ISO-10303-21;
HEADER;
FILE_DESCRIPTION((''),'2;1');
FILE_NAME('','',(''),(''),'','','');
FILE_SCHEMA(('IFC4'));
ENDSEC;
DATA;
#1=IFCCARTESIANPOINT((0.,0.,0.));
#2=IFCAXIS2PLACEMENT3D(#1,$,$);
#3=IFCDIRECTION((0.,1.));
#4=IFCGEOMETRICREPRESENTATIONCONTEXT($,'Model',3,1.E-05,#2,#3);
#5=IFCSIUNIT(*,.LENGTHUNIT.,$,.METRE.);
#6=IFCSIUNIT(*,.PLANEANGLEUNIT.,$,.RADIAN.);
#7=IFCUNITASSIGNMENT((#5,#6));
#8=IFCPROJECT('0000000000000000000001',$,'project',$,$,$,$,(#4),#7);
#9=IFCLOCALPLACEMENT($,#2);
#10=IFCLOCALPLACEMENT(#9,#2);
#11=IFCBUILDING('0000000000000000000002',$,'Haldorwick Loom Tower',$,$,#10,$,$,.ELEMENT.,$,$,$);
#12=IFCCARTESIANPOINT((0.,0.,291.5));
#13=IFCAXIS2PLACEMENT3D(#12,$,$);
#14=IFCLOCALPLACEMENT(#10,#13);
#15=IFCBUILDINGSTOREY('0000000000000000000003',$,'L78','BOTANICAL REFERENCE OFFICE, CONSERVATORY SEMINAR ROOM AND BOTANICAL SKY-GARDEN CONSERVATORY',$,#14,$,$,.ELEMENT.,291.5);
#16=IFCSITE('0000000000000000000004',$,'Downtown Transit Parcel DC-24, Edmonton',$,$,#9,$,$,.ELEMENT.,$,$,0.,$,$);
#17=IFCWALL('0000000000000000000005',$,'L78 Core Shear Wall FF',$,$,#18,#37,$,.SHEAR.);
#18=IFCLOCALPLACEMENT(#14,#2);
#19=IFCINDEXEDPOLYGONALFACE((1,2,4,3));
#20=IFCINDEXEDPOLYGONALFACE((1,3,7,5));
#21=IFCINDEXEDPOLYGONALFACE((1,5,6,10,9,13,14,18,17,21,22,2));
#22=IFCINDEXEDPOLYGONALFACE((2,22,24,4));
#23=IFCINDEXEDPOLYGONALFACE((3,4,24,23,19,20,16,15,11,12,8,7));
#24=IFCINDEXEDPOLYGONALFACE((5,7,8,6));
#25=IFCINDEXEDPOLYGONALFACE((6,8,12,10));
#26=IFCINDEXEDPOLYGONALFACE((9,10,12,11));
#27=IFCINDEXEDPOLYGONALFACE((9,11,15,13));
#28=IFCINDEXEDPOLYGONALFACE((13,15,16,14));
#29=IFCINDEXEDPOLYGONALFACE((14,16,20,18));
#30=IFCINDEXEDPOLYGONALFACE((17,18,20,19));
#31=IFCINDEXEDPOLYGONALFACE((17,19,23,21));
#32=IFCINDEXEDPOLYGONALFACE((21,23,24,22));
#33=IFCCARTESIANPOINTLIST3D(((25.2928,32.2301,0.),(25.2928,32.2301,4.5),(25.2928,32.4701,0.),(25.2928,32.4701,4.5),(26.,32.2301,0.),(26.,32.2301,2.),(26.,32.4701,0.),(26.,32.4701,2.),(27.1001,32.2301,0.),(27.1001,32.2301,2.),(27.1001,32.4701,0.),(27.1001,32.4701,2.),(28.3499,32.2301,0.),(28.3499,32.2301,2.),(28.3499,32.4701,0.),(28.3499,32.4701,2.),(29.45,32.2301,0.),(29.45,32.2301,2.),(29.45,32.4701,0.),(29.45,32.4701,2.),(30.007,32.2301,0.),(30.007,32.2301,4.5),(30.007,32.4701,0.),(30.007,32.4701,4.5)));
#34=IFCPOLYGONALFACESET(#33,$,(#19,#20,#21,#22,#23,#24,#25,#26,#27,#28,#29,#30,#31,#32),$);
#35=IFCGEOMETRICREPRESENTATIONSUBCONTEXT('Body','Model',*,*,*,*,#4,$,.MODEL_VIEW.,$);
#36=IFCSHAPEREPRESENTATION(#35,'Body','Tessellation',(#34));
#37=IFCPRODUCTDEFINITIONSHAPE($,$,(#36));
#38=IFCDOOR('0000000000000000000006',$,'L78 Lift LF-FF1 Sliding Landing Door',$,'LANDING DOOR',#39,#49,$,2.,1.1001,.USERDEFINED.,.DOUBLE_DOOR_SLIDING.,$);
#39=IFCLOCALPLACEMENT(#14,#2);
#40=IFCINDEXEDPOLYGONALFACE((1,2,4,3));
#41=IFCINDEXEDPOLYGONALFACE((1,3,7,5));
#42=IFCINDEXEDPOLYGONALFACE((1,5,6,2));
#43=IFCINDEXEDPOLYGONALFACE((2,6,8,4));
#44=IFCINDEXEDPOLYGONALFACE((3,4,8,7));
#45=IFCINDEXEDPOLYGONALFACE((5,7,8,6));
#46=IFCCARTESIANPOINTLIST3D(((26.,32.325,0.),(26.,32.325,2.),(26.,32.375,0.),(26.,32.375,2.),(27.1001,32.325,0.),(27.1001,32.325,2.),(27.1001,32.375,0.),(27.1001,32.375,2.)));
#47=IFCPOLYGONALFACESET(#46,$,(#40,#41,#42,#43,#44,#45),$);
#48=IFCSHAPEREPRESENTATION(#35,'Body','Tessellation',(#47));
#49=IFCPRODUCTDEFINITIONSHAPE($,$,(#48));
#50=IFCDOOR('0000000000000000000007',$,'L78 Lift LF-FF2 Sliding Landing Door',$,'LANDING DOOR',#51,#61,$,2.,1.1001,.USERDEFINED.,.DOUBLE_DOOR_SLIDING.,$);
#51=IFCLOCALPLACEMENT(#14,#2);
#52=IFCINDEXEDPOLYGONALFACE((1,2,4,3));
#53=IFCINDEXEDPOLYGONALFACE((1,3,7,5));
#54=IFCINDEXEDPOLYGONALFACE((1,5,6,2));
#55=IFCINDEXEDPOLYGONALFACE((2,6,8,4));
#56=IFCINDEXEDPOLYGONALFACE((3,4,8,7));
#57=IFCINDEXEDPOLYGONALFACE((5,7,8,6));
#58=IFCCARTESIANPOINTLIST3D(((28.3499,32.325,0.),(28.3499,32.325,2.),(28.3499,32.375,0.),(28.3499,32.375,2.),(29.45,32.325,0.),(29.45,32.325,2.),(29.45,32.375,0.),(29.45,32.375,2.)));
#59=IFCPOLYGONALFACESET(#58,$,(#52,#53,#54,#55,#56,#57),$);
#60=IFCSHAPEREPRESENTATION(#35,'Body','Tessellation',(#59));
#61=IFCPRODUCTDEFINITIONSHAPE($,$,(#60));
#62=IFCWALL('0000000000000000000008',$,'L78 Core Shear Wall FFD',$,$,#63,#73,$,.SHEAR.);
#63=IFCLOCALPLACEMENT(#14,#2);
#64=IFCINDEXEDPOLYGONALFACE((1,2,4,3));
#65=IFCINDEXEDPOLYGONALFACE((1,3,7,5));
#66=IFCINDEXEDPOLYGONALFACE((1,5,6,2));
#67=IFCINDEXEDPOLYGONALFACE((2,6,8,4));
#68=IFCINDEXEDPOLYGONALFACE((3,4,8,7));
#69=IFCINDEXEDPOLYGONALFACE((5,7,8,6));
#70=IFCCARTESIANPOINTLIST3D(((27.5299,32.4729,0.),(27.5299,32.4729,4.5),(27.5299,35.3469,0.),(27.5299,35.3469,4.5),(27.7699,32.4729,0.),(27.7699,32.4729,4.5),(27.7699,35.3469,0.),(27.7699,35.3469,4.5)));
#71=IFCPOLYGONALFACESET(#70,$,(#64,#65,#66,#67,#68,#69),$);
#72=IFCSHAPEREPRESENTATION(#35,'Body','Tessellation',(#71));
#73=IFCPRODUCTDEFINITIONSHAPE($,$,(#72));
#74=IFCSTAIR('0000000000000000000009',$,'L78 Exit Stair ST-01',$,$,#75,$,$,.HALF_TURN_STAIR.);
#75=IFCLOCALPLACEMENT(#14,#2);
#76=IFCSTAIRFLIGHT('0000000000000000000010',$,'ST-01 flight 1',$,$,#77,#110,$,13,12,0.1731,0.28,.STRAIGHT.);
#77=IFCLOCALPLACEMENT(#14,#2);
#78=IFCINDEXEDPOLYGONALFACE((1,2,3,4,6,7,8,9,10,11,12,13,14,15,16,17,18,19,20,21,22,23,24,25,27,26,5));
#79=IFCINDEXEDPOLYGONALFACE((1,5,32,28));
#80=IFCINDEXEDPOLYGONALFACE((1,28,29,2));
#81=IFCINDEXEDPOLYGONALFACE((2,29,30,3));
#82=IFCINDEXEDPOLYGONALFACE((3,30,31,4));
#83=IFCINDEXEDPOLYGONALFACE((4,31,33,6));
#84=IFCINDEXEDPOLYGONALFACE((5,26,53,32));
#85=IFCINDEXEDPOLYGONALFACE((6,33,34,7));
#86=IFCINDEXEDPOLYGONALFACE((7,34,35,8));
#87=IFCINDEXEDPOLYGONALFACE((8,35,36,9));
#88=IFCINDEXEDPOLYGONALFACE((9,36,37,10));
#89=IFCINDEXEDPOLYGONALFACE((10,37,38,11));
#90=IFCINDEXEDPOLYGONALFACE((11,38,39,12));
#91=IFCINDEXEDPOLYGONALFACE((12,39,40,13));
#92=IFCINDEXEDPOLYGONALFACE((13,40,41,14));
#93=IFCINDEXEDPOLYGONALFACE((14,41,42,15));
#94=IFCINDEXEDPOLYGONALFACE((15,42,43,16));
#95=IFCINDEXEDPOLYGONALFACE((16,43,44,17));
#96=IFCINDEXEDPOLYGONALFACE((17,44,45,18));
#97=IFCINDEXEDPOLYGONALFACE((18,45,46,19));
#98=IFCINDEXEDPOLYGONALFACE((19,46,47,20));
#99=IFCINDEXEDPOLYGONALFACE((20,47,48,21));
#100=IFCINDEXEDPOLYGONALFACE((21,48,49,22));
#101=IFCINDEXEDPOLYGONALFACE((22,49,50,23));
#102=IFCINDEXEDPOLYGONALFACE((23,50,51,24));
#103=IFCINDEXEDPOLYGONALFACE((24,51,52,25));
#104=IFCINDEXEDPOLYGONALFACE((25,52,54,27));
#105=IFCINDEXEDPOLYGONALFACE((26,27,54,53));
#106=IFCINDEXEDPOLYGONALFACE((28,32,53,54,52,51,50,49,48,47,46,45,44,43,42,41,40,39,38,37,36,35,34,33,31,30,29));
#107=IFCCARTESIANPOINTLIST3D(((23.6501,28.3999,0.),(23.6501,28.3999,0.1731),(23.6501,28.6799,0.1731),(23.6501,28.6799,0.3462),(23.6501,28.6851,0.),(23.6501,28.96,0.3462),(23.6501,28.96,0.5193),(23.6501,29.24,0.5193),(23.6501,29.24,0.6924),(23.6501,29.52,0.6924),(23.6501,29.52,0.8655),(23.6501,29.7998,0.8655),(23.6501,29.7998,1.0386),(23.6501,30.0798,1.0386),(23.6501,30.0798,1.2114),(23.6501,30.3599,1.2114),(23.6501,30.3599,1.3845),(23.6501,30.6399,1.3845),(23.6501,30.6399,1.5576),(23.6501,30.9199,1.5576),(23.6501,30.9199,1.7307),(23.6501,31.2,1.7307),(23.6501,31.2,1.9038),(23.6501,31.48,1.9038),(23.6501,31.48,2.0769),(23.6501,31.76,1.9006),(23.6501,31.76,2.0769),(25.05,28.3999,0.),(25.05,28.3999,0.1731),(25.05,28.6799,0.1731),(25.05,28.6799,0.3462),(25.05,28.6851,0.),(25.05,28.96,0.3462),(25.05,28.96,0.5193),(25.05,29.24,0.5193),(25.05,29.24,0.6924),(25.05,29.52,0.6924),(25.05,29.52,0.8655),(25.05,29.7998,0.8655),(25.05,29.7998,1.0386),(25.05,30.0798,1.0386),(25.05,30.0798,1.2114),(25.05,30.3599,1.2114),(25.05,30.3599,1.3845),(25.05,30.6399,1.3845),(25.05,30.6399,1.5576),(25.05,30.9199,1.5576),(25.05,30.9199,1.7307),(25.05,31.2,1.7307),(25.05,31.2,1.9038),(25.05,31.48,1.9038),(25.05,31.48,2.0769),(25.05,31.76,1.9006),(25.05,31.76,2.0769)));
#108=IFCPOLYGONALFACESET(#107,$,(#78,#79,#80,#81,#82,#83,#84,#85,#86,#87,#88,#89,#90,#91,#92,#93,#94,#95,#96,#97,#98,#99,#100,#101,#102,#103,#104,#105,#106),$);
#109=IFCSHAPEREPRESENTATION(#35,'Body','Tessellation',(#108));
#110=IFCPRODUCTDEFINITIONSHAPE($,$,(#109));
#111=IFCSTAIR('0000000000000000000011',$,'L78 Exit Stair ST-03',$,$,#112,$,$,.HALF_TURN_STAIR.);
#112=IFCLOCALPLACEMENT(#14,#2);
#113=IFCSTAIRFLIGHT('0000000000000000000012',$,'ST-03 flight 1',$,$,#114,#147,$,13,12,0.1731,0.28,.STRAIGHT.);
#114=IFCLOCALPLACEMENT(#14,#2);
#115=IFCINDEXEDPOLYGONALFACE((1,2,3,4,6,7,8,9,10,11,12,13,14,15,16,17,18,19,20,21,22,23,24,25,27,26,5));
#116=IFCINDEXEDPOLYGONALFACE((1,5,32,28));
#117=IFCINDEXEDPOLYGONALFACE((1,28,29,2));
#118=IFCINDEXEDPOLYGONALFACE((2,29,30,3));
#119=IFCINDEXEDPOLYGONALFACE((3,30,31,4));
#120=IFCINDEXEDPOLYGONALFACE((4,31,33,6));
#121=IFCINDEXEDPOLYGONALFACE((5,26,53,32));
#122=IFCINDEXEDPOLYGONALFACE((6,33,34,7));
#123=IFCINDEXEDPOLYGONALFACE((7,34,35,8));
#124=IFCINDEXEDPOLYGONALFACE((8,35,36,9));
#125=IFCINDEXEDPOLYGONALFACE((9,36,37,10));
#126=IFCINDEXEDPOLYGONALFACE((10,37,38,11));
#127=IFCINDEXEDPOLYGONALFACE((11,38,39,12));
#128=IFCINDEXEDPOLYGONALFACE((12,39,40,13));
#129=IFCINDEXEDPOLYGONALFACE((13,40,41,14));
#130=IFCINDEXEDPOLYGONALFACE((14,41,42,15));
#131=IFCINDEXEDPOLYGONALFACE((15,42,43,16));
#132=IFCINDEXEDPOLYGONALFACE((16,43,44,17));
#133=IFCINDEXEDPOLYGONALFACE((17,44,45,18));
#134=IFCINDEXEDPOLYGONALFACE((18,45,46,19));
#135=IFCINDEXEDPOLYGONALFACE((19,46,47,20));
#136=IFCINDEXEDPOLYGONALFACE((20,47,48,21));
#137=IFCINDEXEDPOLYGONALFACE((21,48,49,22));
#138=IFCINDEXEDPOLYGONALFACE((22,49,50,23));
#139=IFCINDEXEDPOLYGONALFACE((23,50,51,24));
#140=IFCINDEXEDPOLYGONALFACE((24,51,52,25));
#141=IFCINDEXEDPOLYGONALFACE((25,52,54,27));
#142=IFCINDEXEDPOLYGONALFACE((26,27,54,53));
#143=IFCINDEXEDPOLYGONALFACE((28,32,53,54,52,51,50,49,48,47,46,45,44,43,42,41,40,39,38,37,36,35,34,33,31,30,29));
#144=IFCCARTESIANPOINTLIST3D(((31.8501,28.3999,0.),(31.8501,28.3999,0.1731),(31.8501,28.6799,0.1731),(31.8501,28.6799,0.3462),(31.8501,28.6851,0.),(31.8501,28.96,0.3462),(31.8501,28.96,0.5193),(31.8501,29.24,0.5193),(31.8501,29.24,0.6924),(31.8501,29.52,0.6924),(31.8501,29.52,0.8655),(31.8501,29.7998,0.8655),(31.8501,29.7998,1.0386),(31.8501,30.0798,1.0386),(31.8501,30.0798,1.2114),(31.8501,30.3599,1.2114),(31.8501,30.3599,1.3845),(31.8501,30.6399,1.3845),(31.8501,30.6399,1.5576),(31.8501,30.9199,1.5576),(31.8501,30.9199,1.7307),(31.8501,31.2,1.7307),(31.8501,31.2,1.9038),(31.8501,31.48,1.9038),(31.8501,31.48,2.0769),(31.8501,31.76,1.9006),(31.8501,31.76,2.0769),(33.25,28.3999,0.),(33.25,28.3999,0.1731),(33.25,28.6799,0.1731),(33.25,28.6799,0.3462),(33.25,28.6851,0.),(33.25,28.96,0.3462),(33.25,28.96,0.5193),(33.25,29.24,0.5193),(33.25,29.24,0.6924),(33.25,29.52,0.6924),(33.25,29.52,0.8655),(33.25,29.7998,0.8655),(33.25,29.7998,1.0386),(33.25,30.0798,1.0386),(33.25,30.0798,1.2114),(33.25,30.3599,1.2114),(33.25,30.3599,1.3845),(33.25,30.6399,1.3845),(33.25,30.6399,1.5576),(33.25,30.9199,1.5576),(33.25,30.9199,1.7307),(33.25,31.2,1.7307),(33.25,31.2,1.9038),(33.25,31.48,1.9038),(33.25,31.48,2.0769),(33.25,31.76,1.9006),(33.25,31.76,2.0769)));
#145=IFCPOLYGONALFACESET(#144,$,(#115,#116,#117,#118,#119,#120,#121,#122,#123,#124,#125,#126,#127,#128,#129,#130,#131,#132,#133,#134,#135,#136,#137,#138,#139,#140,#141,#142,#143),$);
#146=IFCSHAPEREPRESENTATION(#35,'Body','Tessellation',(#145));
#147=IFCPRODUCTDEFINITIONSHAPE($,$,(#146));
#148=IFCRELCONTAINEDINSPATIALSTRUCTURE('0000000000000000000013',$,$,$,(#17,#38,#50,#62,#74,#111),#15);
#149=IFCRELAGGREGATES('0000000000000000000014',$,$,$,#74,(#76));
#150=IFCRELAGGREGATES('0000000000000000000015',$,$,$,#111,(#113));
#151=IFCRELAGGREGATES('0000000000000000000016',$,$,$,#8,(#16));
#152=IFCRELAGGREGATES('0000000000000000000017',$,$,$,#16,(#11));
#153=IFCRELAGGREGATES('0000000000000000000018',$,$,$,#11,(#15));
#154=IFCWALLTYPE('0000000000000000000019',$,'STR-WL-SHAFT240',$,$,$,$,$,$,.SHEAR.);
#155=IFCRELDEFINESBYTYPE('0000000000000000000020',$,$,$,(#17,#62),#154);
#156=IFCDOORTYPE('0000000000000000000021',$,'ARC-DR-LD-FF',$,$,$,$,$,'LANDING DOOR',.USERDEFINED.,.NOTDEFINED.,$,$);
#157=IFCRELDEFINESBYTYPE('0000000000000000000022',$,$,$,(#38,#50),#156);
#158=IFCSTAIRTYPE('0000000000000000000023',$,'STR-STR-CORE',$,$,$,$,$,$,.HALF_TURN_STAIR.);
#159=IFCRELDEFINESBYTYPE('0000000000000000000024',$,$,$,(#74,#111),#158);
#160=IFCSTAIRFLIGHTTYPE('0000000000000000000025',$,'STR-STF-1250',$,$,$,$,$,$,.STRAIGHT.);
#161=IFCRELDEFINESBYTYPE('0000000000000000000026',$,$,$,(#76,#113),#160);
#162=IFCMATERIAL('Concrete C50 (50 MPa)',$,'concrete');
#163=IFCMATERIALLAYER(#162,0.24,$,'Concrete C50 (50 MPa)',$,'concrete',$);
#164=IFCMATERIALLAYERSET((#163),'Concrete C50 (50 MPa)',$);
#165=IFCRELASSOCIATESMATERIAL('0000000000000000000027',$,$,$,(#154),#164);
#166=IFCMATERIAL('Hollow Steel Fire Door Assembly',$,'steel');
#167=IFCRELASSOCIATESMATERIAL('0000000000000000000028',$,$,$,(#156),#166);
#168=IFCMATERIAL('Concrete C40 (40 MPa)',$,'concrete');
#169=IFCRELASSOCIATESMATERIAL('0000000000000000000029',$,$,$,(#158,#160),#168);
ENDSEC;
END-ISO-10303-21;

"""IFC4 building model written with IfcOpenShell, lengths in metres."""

from ifc_helpers import new_model, si_unit, direction, frame, frame_2d, origin, place, context, subcontext, project, spatial, polyline, rectangle, outline, extrude, material, layer, layer_set, type_object, element, fill, aggregate, save


model = new_model("IFC4")

# Units and contexts
model_context = context("Model", 3, precision=1e-05, world=origin(), true_north=direction((0.0, 1.0)))
body_context = subcontext(model_context, "Body", "Model", "MODEL_VIEW")
ifc_project = project(units=[si_unit("LENGTHUNIT", "METRE"), si_unit("PLANEANGLEUNIT", "RADIAN")], contexts=[model_context])

# Site, building, storey
site_placement = place(None, origin())
site = spatial("IfcSite", under=ifc_project, at=site_placement, Name="Downtown Transit Parcel DC-24, Edmonton", CompositionType="ELEMENT", RefElevation=0.0)
building_placement = place(site_placement, origin())
building = spatial("IfcBuilding", under=site, at=building_placement, Name="Haldorwick Loom Tower", CompositionType="ELEMENT")
storey_placement = place(building_placement, frame((0.0, 0.0, 291.5)))
storey = spatial("IfcBuildingStorey", under=building, at=storey_placement, Name="L78", Description="BOTANICAL REFERENCE OFFICE, CONSERVATORY SEMINAR ROOM AND BOTANICAL SKY-GARDEN CONSERVATORY", CompositionType="ELEMENT", Elevation=291.5)

# Shared definitions
ifc_material_1 = material(Name="Concrete C50 (50 MPa)", Category="concrete")

# Shared definitions
ifc_layer = layer(ifc_material_1, 0.24, Name="Concrete C50 (50 MPa)", Category="concrete")
ifc_layer_set = layer_set([ifc_layer], Name="Concrete C50 (50 MPa)")
wall_type = type_object("IfcWallType", Name="STR-WL-SHAFT240", PredefinedType="SHEAR", material=ifc_layer_set)

# Wall, openings, doors
wall_1_placement = place(storey_placement, frame((25.293, 32.3501, 0.0), z_axis=(0.0, 0.0, 1.0), x_axis=(1.0, 0.0, 0.0)))
wall_1 = element("IfcWall", 1, at=wall_1_placement, inside=storey, type_object=wall_type, Name="L78 Core Shear Wall FF", PredefinedType="SHEAR", context=body_context, shape_type="SweptSolid", body=[
    extrude(rectangle(XDim=4.7141, YDim=0.24, at=frame_2d((2.3569, 0.0))), origin(), (0.0, 0.0, 1.0), 4.5),
])
opening_1_placement = place(wall_1_placement, frame((0.707, 0.0, 0.0)))
opening_1 = element("IfcOpeningElement", 2, at=opening_1_placement, cuts=wall_1, PredefinedType="OPENING", context=body_context, shape_type="SweptSolid", body=[
    extrude(rectangle(XDim=1.1001, YDim=2.0, at=frame_2d((0.55, 1.0))), frame((0.0, 0.1299, 0.0), z_axis=(0.0, -1.0, 0.0), x_axis=(1.0, 0.0, 0.0)), (0.0, 0.0, 1.0), 0.26),
])
opening_2_placement = place(wall_1_placement, frame((3.0569, 0.0, 0.0)))
opening_2 = element("IfcOpeningElement", 3, at=opening_2_placement, cuts=wall_1, PredefinedType="OPENING", context=body_context, shape_type="SweptSolid", body=[
    extrude(rectangle(XDim=1.1001, YDim=2.0, at=frame_2d((0.55, 1.0))), frame((0.0, 0.1299, 0.0), z_axis=(0.0, -1.0, 0.0), x_axis=(1.0, 0.0, 0.0)), (0.0, 0.0, 1.0), 0.26),
])
ifc_material_2 = material(Name="Hollow Steel Fire Door Assembly", Category="steel")
door_type = type_object("IfcDoorType", Name="ARC-DR-LD-FF", ElementType="LANDING DOOR", OperationType="NOTDEFINED", PredefinedType="USERDEFINED", material=ifc_material_2)
door_1_placement = place(opening_1_placement, origin())
door_1 = element("IfcDoor", 4, at=door_1_placement, inside=storey, type_object=door_type, Name="L78 Lift LF-FF1 Sliding Landing Door", ObjectType="LANDING DOOR", OperationType="DOUBLE_DOOR_SLIDING", OverallHeight=2.0, OverallWidth=1.1001, PredefinedType="USERDEFINED", context=body_context, shape_type="SweptSolid", body=[
    extrude(rectangle(XDim=1.1001, YDim=2.0, at=frame_2d((0.55, 1.0))), frame((0.0, 0.0249, 0.0), z_axis=(0.0, -1.0, 0.0), x_axis=(1.0, 0.0, 0.0)), (0.0, 0.0, 1.0), 0.05),
])
fill(opening_1, door_1)
door_2_placement = place(opening_2_placement, origin())
door_2 = element("IfcDoor", 5, at=door_2_placement, inside=storey, type_object=door_type, Name="L78 Lift LF-FF2 Sliding Landing Door", ObjectType="LANDING DOOR", OperationType="DOUBLE_DOOR_SLIDING", OverallHeight=2.0, OverallWidth=1.1001, PredefinedType="USERDEFINED", context=body_context, shape_type="SweptSolid", body=[
    extrude(rectangle(XDim=1.1001, YDim=2.0, at=frame_2d((0.55, 1.0))), frame((0.0, 0.0249, 0.0), z_axis=(0.0, -1.0, 0.0), x_axis=(1.0, 0.0, 0.0)), (0.0, 0.0, 1.0), 0.05),
])
fill(opening_2, door_2)

# Wall
wall_2_placement = place(storey_placement, frame((27.6499, 32.4729, 0.0), z_axis=(0.0, 0.0, 1.0), x_axis=(0.0, 1.0, 0.0)))
element("IfcWall", 6, at=wall_2_placement, inside=storey, type_object=wall_type, Name="L78 Core Shear Wall FFD", PredefinedType="SHEAR", context=body_context, shape_type="SweptSolid", body=[
    extrude(rectangle(XDim=2.874, YDim=0.24, at=frame_2d((1.437, 0.0))), origin(), (0.0, 0.0, 1.0), 4.5),
])

# Stair, stair flight
ifc_material_3 = material(Name="Concrete C40 (40 MPa)", Category="concrete")
stair_type = type_object("IfcStairType", Name="STR-STR-CORE", PredefinedType="HALF_TURN_STAIR", material=ifc_material_3)
stair_1_placement = place(storey_placement, origin())
stair_1 = element("IfcStair", 7, at=stair_1_placement, inside=storey, type_object=stair_type, Name="L78 Exit Stair ST-01", PredefinedType="HALF_TURN_STAIR")
stair_flight_type = type_object("IfcStairFlightType", Name="STR-STF-1250", PredefinedType="STRAIGHT", material=ifc_material_3)
stair_flight_1_placement = place(storey_placement, frame((24.3501, 28.3999, 0.0), z_axis=(0.0, 0.0, 1.0), x_axis=(0.0, 1.0, 0.0)))
stair_flight_1 = element("IfcStairFlight", 8, at=stair_flight_1_placement, type_object=stair_flight_type, Name="ST-01 flight 1", NumberOfRisers=13, NumberOfTreads=12, PredefinedType="STRAIGHT", RiserHeight=0.1731, TreadLength=0.28, context=body_context, shape_type="SweptSolid", body=[
    extrude(outline(polyline([(0.0, 0.0), (0.0, 0.1731), (0.28, 0.1731), (0.28, 0.3462), (0.5601, 0.3462), (0.5601, 0.5193), (0.8401, 0.5193), (0.8401, 0.6924), (1.1201, 0.6924), (1.1201, 0.8655), (1.3999, 0.8655), (1.3999, 1.0386), (1.6799, 1.0386), (1.6799, 1.2114), (1.96, 1.2114), (1.96, 1.3845), (2.24, 1.3845), (2.24, 1.5576), (2.52, 1.5576), (2.52, 1.7307), (2.8, 1.7307), (2.8, 1.9038), (3.0801, 1.9038), (3.0801, 2.0769), (3.3601, 2.0769), (3.3601, 2.25), (3.3601, 1.9006), (0.2852, 0.0), (0.0, 0.0)])), frame((0.0, 0.7, 0.0), z_axis=(0.0, -1.0, 0.0), x_axis=(1.0, 0.0, 0.0)), (0.0, 0.0, 1.0), 1.3999),
])
aggregate(stair_1, [stair_flight_1])

# Stair, stair flight
stair_2_placement = place(storey_placement, origin())
stair_2 = element("IfcStair", 9, at=stair_2_placement, inside=storey, type_object=stair_type, Name="L78 Exit Stair ST-03", PredefinedType="HALF_TURN_STAIR")
stair_flight_2_placement = place(storey_placement, frame((32.55, 28.3999, 0.0), z_axis=(0.0, 0.0, 1.0), x_axis=(0.0, 1.0, 0.0)))
stair_flight_2 = element("IfcStairFlight", 10, at=stair_flight_2_placement, type_object=stair_flight_type, Name="ST-03 flight 1", NumberOfRisers=13, NumberOfTreads=12, PredefinedType="STRAIGHT", RiserHeight=0.1731, TreadLength=0.28, context=body_context, shape_type="SweptSolid", body=[
    extrude(outline(polyline([(0.0, 0.0), (0.0, 0.1731), (0.28, 0.1731), (0.28, 0.3462), (0.5601, 0.3462), (0.5601, 0.5193), (0.8401, 0.5193), (0.8401, 0.6924), (1.1201, 0.6924), (1.1201, 0.8655), (1.3999, 0.8655), (1.3999, 1.0386), (1.6799, 1.0386), (1.6799, 1.2114), (1.96, 1.2114), (1.96, 1.3845), (2.24, 1.3845), (2.24, 1.5576), (2.52, 1.5576), (2.52, 1.7307), (2.8, 1.7307), (2.8, 1.9038), (3.0801, 1.9038), (3.0801, 2.0769), (3.3601, 2.0769), (3.3601, 2.25), (3.3601, 1.9006), (0.2852, 0.0), (0.0, 0.0)])), frame((0.0, 0.7, 0.0), z_axis=(0.0, -1.0, 0.0), x_axis=(1.0, 0.0, 0.0)), (0.0, 0.0, 1.0), 1.3999),
])
aggregate(stair_2, [stair_flight_2])

save(model, "model.ifc")
